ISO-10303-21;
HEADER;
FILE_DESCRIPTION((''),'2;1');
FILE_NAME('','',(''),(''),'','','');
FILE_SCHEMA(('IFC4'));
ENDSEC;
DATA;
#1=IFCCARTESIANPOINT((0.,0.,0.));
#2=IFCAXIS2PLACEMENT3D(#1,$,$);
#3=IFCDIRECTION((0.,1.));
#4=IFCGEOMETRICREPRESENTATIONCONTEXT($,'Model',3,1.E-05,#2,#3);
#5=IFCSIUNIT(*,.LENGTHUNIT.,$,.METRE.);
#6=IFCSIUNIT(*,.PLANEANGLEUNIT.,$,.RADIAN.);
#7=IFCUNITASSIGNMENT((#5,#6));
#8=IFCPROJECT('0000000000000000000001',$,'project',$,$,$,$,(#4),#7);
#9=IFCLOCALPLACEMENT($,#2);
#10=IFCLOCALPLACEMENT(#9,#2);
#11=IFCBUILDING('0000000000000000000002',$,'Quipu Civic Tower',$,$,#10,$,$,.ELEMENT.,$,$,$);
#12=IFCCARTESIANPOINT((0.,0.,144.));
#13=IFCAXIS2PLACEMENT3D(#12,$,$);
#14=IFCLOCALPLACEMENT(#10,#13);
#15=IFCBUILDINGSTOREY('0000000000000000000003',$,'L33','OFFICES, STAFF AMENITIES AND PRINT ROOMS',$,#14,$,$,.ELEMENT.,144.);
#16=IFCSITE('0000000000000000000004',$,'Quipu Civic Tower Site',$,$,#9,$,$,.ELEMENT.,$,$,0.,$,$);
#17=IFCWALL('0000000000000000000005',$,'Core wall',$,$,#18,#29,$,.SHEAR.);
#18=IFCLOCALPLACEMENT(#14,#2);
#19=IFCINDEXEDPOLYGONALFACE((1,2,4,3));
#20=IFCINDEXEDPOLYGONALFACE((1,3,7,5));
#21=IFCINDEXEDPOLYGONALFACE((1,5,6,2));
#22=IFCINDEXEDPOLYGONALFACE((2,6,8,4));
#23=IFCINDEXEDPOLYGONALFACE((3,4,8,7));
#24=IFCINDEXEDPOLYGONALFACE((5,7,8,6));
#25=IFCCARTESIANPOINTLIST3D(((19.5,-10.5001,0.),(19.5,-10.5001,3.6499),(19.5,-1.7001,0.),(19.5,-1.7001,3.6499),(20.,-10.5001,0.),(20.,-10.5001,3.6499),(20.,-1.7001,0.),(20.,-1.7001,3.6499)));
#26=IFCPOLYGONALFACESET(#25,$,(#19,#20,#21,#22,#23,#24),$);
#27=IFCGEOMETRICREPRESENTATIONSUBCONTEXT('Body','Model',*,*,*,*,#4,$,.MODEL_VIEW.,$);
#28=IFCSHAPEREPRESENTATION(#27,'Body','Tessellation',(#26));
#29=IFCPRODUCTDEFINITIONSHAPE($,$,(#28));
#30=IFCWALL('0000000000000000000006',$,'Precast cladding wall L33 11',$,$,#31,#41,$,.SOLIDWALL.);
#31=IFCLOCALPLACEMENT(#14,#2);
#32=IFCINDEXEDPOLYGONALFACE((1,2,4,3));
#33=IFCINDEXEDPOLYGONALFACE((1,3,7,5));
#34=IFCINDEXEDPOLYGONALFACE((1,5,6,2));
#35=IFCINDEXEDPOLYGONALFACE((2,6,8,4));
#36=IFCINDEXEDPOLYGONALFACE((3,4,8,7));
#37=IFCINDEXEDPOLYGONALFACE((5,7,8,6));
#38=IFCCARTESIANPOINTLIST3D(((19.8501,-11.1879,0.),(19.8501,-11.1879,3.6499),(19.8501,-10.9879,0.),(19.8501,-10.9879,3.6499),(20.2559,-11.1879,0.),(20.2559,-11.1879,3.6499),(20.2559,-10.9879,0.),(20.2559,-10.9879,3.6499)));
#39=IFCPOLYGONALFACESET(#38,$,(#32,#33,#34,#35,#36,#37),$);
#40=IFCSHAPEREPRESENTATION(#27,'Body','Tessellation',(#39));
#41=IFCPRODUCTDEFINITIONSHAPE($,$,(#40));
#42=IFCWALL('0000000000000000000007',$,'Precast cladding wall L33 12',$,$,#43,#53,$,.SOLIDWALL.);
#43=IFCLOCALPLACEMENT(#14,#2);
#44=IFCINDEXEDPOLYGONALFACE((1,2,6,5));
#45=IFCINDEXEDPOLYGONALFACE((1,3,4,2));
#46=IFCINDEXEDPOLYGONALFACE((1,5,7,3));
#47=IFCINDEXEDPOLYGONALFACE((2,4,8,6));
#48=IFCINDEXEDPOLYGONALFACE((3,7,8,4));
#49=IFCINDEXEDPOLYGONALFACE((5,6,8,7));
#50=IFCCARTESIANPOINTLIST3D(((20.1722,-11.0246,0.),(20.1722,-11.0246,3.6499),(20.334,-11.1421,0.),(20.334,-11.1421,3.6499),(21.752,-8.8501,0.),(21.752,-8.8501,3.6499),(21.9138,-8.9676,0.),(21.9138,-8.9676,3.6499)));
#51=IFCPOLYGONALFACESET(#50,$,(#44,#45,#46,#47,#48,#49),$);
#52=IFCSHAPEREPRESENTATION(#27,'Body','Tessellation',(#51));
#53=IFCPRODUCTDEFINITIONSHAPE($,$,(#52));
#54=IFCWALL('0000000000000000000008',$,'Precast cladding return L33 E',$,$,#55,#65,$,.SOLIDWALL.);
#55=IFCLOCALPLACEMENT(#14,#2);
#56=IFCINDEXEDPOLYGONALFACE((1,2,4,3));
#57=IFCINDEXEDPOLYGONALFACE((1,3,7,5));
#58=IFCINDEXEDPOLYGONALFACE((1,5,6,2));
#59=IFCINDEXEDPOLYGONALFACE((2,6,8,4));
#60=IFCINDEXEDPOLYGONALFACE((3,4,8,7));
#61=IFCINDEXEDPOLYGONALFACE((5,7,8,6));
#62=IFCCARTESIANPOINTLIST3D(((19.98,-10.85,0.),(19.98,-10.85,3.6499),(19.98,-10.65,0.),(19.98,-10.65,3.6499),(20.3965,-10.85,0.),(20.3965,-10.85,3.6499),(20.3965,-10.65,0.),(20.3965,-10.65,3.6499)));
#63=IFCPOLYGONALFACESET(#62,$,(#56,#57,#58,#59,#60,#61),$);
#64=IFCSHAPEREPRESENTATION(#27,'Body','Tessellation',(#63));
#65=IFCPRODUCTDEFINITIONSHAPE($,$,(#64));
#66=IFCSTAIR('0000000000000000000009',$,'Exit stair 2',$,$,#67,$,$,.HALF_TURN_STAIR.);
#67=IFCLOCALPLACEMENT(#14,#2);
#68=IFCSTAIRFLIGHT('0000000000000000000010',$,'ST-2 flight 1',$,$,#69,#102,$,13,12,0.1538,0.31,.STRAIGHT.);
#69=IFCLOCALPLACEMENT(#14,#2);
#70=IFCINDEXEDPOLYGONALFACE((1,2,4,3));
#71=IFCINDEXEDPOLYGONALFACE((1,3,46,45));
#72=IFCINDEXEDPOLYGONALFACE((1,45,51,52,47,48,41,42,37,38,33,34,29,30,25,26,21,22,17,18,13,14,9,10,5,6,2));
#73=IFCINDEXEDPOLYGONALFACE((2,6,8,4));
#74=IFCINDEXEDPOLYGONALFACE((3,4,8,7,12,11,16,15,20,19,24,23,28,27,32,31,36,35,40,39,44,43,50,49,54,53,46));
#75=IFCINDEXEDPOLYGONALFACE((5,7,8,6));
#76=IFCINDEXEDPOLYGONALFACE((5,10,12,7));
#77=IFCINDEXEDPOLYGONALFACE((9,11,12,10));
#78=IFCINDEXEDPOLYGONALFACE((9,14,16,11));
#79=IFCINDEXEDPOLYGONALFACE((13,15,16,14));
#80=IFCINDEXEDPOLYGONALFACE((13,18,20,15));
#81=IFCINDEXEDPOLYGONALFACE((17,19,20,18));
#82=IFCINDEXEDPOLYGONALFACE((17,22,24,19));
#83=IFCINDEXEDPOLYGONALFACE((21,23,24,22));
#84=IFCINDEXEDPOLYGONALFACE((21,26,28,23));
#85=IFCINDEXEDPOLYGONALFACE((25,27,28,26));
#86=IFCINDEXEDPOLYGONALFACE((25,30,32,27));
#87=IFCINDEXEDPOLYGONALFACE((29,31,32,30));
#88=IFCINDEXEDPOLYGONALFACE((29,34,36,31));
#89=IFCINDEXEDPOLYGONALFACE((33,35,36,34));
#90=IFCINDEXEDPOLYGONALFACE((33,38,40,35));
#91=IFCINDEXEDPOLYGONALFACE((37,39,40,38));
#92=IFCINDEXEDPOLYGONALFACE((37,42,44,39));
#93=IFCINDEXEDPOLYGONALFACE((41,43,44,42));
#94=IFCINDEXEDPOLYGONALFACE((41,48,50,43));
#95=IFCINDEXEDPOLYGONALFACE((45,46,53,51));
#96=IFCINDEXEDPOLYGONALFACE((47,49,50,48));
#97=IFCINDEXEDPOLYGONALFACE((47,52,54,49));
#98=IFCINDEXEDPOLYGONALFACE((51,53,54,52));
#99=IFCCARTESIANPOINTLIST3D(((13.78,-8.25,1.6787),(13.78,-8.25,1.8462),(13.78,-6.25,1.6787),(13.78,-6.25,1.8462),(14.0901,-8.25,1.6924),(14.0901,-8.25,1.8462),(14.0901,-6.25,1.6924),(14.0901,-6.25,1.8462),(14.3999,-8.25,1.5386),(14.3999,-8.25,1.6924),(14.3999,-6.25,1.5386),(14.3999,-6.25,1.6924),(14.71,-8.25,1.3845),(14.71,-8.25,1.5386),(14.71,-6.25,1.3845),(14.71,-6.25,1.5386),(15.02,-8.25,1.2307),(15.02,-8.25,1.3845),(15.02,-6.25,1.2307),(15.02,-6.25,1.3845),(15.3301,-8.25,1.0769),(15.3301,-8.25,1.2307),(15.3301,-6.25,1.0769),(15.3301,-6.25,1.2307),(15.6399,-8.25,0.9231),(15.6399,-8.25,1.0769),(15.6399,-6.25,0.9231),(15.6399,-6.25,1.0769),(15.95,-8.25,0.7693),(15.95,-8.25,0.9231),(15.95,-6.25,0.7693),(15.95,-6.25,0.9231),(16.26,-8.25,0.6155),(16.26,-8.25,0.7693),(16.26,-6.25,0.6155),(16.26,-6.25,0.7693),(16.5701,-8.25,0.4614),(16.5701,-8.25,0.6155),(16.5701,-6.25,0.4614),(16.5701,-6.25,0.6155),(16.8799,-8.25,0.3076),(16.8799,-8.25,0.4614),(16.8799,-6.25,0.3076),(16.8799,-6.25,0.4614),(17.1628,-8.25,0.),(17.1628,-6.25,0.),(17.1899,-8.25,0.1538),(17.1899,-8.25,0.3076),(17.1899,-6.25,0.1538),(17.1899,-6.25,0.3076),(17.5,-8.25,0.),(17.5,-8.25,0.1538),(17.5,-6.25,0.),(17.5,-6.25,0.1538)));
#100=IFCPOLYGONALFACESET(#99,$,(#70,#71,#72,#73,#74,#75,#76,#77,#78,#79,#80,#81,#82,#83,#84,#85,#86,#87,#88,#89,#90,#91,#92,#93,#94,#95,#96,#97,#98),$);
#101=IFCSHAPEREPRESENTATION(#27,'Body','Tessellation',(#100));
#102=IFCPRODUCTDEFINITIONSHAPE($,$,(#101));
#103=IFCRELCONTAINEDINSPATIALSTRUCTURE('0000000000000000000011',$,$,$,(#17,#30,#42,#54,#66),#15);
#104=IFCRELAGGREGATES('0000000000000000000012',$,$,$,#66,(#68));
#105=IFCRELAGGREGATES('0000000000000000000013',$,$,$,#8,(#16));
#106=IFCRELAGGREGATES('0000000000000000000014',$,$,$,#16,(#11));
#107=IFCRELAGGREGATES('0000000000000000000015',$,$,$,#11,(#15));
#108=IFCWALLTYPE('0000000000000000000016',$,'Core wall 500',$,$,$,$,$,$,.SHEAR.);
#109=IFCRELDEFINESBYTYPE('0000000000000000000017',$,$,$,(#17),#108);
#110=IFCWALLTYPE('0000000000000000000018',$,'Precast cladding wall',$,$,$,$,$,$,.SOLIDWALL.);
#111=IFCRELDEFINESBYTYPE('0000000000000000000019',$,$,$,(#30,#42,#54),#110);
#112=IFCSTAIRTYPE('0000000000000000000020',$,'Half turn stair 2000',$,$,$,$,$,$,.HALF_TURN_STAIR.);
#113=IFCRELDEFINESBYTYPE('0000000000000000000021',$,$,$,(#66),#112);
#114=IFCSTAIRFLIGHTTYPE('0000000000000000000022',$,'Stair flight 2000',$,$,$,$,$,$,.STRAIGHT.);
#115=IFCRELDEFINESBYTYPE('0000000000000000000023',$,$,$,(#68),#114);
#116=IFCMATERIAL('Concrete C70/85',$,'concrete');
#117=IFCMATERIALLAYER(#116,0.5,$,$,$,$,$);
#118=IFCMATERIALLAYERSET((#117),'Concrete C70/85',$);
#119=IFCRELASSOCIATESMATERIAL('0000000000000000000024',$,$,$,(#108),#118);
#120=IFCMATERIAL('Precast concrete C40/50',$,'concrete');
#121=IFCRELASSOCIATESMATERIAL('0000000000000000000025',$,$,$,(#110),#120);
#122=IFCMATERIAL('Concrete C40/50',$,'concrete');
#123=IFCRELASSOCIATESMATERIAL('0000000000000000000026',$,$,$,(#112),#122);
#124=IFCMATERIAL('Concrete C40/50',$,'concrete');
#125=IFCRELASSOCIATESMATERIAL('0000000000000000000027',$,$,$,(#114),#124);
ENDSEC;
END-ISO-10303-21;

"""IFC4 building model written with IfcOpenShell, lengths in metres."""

from ifc_helpers import new_model, si_unit, direction, frame, frame_2d, origin, place, context, subcontext, project, spatial, polyline, rectangle, outline, extrude, material, layer, layer_set, type_object, element, aggregate, save


model = new_model("IFC4")

# Units and contexts
model_context = context("Model", 3, precision=1e-05, world=origin(), true_north=direction((0.0, 1.0)))
body_context = subcontext(model_context, "Body", "Model", "MODEL_VIEW")
ifc_project = project(units=[si_unit("LENGTHUNIT", "METRE"), si_unit("PLANEANGLEUNIT", "RADIAN")], contexts=[model_context])

# Site, building, storey
site_placement = place(None, origin())
site = spatial("IfcSite", under=ifc_project, at=site_placement, Name="Quipu Civic Tower Site", CompositionType="ELEMENT", RefElevation=0.0)
building_placement = place(site_placement, origin())
building = spatial("IfcBuilding", under=site, at=building_placement, Name="Quipu Civic Tower", CompositionType="ELEMENT")
storey_placement = place(building_placement, frame((0.0, 0.0, 144.0)))
storey = spatial("IfcBuildingStorey", under=building, at=storey_placement, Name="L33", Description="OFFICES, STAFF AMENITIES AND PRINT ROOMS", CompositionType="ELEMENT", Elevation=144.0)

# Walls
ifc_material_1 = material(Name="Concrete C70/85", Category="concrete")
ifc_layer = layer(ifc_material_1, 0.5)
ifc_layer_set = layer_set([ifc_layer], Name="Concrete C70/85")
wall_type_1 = type_object("IfcWallType", Name="Core wall 500", PredefinedType="SHEAR", material=ifc_layer_set)
wall_1_placement = place(storey_placement, frame((19.75, -10.5, 0.0), z_axis=(0.0, 0.0, 1.0), x_axis=(0.0, 1.0, 0.0)))
element("IfcWall", 1, at=wall_1_placement, inside=storey, type_object=wall_type_1, Name="Core wall", PredefinedType="SHEAR", context=body_context, shape_type="SweptSolid", body=[
    extrude(rectangle(XDim=8.8, YDim=0.5, at=frame_2d((4.3999, 0.0))), origin(), (0.0, 0.0, 1.0), 3.6499),
])
ifc_material_2 = material(Name="Precast concrete C40/50", Category="concrete")
wall_type_2 = type_object("IfcWallType", Name="Precast cladding wall", PredefinedType="SOLIDWALL", material=ifc_material_2)
wall_2_placement = place(storey_placement, frame((19.8501, -11.0879, 0.0), z_axis=(0.0, 0.0, 1.0), x_axis=(1.0, 0.0, 0.0)))
element("IfcWall", 2, at=wall_2_placement, inside=storey, type_object=wall_type_2, Name="Precast cladding wall L33 11", PredefinedType="SOLIDWALL", context=body_context, shape_type="SweptSolid", body=[
    extrude(rectangle(XDim=0.4058, YDim=0.2, at=frame_2d((0.2029, 0.0))), origin(), (0.0, 0.0, 1.0), 3.6499),
])
wall_3_placement = place(storey_placement, frame((20.2532, -11.0833, 0.0), z_axis=(0.0, 0.0, 1.0), x_axis=(0.587767, 0.809031, 0.0)))
element("IfcWall", 3, at=wall_3_placement, inside=storey, type_object=wall_type_2, Name="Precast cladding wall L33 12", PredefinedType="SOLIDWALL", context=body_context, shape_type="SweptSolid", body=[
    extrude(rectangle(XDim=2.6877, YDim=0.2, at=frame_2d((1.3438, 0.0))), origin(), (0.0, 0.0, 1.0), 3.6499),
])
wall_4_placement = place(storey_placement, frame((19.98, -10.75, 0.0), z_axis=(0.0, 0.0, 1.0), x_axis=(1.0, 0.0, 0.0)))
element("IfcWall", 4, at=wall_4_placement, inside=storey, type_object=wall_type_2, Name="Precast cladding return L33 E", PredefinedType="SOLIDWALL", context=body_context, shape_type="SweptSolid", body=[
    extrude(rectangle(XDim=0.4165, YDim=0.2, at=frame_2d((0.2083, 0.0))), origin(), (0.0, 0.0, 1.0), 3.6499),
])

# Stair, stair flight
ifc_material_3 = material(Name="Concrete C40/50", Category="concrete")
stair_type = type_object("IfcStairType", Name="Half turn stair 2000", PredefinedType="HALF_TURN_STAIR", material=ifc_material_3)
stair_placement = place(storey_placement, origin())
stair = element("IfcStair", 5, at=stair_placement, inside=storey, type_object=stair_type, Name="Exit stair 2", PredefinedType="HALF_TURN_STAIR")
ifc_material_4 = material(Name="Concrete C40/50", Category="concrete")
stair_flight_type = type_object("IfcStairFlightType", Name="Stair flight 2000", PredefinedType="STRAIGHT", material=ifc_material_4)
stair_flight_placement = place(storey_placement, frame((17.5, -7.25, 0.0), z_axis=(0.0, 0.0, 1.0), x_axis=(-1.0, 0.0, 0.0)))
stair_flight = element("IfcStairFlight", 6, at=stair_flight_placement, type_object=stair_flight_type, Name="ST-2 flight 1", NumberOfRisers=13, NumberOfTreads=12, PredefinedType="STRAIGHT", RiserHeight=0.1538, TreadLength=0.31, context=body_context, shape_type="SweptSolid", body=[
    extrude(outline(polyline([(0.0, 0.0), (0.0, 0.1538), (0.3101, 0.1538), (0.3101, 0.3076), (0.6201, 0.3076), (0.6201, 0.4614), (0.9299, 0.4614), (0.9299, 0.6155), (1.24, 0.6155), (1.24, 0.7693), (1.55, 0.7693), (1.55, 0.9231), (1.8601, 0.9231), (1.8601, 1.0769), (2.1699, 1.0769), (2.1699, 1.2307), (2.48, 1.2307), (2.48, 1.3845), (2.79, 1.3845), (2.79, 1.5386), (3.1001, 1.5386), (3.1001, 1.6924), (3.4099, 1.6924), (3.4099, 1.8462), (3.72, 1.8462), (3.72, 2.0), (3.72, 1.6787), (0.3372, 0.0), (0.0, 0.0)])), frame((0.0, 1.0, 0.0), z_axis=(0.0, -1.0, 0.0), x_axis=(1.0, 0.0, 0.0)), (0.0, 0.0, 1.0), 2.0),
])
aggregate(stair, [stair_flight])

save(model, "model.ifc")
